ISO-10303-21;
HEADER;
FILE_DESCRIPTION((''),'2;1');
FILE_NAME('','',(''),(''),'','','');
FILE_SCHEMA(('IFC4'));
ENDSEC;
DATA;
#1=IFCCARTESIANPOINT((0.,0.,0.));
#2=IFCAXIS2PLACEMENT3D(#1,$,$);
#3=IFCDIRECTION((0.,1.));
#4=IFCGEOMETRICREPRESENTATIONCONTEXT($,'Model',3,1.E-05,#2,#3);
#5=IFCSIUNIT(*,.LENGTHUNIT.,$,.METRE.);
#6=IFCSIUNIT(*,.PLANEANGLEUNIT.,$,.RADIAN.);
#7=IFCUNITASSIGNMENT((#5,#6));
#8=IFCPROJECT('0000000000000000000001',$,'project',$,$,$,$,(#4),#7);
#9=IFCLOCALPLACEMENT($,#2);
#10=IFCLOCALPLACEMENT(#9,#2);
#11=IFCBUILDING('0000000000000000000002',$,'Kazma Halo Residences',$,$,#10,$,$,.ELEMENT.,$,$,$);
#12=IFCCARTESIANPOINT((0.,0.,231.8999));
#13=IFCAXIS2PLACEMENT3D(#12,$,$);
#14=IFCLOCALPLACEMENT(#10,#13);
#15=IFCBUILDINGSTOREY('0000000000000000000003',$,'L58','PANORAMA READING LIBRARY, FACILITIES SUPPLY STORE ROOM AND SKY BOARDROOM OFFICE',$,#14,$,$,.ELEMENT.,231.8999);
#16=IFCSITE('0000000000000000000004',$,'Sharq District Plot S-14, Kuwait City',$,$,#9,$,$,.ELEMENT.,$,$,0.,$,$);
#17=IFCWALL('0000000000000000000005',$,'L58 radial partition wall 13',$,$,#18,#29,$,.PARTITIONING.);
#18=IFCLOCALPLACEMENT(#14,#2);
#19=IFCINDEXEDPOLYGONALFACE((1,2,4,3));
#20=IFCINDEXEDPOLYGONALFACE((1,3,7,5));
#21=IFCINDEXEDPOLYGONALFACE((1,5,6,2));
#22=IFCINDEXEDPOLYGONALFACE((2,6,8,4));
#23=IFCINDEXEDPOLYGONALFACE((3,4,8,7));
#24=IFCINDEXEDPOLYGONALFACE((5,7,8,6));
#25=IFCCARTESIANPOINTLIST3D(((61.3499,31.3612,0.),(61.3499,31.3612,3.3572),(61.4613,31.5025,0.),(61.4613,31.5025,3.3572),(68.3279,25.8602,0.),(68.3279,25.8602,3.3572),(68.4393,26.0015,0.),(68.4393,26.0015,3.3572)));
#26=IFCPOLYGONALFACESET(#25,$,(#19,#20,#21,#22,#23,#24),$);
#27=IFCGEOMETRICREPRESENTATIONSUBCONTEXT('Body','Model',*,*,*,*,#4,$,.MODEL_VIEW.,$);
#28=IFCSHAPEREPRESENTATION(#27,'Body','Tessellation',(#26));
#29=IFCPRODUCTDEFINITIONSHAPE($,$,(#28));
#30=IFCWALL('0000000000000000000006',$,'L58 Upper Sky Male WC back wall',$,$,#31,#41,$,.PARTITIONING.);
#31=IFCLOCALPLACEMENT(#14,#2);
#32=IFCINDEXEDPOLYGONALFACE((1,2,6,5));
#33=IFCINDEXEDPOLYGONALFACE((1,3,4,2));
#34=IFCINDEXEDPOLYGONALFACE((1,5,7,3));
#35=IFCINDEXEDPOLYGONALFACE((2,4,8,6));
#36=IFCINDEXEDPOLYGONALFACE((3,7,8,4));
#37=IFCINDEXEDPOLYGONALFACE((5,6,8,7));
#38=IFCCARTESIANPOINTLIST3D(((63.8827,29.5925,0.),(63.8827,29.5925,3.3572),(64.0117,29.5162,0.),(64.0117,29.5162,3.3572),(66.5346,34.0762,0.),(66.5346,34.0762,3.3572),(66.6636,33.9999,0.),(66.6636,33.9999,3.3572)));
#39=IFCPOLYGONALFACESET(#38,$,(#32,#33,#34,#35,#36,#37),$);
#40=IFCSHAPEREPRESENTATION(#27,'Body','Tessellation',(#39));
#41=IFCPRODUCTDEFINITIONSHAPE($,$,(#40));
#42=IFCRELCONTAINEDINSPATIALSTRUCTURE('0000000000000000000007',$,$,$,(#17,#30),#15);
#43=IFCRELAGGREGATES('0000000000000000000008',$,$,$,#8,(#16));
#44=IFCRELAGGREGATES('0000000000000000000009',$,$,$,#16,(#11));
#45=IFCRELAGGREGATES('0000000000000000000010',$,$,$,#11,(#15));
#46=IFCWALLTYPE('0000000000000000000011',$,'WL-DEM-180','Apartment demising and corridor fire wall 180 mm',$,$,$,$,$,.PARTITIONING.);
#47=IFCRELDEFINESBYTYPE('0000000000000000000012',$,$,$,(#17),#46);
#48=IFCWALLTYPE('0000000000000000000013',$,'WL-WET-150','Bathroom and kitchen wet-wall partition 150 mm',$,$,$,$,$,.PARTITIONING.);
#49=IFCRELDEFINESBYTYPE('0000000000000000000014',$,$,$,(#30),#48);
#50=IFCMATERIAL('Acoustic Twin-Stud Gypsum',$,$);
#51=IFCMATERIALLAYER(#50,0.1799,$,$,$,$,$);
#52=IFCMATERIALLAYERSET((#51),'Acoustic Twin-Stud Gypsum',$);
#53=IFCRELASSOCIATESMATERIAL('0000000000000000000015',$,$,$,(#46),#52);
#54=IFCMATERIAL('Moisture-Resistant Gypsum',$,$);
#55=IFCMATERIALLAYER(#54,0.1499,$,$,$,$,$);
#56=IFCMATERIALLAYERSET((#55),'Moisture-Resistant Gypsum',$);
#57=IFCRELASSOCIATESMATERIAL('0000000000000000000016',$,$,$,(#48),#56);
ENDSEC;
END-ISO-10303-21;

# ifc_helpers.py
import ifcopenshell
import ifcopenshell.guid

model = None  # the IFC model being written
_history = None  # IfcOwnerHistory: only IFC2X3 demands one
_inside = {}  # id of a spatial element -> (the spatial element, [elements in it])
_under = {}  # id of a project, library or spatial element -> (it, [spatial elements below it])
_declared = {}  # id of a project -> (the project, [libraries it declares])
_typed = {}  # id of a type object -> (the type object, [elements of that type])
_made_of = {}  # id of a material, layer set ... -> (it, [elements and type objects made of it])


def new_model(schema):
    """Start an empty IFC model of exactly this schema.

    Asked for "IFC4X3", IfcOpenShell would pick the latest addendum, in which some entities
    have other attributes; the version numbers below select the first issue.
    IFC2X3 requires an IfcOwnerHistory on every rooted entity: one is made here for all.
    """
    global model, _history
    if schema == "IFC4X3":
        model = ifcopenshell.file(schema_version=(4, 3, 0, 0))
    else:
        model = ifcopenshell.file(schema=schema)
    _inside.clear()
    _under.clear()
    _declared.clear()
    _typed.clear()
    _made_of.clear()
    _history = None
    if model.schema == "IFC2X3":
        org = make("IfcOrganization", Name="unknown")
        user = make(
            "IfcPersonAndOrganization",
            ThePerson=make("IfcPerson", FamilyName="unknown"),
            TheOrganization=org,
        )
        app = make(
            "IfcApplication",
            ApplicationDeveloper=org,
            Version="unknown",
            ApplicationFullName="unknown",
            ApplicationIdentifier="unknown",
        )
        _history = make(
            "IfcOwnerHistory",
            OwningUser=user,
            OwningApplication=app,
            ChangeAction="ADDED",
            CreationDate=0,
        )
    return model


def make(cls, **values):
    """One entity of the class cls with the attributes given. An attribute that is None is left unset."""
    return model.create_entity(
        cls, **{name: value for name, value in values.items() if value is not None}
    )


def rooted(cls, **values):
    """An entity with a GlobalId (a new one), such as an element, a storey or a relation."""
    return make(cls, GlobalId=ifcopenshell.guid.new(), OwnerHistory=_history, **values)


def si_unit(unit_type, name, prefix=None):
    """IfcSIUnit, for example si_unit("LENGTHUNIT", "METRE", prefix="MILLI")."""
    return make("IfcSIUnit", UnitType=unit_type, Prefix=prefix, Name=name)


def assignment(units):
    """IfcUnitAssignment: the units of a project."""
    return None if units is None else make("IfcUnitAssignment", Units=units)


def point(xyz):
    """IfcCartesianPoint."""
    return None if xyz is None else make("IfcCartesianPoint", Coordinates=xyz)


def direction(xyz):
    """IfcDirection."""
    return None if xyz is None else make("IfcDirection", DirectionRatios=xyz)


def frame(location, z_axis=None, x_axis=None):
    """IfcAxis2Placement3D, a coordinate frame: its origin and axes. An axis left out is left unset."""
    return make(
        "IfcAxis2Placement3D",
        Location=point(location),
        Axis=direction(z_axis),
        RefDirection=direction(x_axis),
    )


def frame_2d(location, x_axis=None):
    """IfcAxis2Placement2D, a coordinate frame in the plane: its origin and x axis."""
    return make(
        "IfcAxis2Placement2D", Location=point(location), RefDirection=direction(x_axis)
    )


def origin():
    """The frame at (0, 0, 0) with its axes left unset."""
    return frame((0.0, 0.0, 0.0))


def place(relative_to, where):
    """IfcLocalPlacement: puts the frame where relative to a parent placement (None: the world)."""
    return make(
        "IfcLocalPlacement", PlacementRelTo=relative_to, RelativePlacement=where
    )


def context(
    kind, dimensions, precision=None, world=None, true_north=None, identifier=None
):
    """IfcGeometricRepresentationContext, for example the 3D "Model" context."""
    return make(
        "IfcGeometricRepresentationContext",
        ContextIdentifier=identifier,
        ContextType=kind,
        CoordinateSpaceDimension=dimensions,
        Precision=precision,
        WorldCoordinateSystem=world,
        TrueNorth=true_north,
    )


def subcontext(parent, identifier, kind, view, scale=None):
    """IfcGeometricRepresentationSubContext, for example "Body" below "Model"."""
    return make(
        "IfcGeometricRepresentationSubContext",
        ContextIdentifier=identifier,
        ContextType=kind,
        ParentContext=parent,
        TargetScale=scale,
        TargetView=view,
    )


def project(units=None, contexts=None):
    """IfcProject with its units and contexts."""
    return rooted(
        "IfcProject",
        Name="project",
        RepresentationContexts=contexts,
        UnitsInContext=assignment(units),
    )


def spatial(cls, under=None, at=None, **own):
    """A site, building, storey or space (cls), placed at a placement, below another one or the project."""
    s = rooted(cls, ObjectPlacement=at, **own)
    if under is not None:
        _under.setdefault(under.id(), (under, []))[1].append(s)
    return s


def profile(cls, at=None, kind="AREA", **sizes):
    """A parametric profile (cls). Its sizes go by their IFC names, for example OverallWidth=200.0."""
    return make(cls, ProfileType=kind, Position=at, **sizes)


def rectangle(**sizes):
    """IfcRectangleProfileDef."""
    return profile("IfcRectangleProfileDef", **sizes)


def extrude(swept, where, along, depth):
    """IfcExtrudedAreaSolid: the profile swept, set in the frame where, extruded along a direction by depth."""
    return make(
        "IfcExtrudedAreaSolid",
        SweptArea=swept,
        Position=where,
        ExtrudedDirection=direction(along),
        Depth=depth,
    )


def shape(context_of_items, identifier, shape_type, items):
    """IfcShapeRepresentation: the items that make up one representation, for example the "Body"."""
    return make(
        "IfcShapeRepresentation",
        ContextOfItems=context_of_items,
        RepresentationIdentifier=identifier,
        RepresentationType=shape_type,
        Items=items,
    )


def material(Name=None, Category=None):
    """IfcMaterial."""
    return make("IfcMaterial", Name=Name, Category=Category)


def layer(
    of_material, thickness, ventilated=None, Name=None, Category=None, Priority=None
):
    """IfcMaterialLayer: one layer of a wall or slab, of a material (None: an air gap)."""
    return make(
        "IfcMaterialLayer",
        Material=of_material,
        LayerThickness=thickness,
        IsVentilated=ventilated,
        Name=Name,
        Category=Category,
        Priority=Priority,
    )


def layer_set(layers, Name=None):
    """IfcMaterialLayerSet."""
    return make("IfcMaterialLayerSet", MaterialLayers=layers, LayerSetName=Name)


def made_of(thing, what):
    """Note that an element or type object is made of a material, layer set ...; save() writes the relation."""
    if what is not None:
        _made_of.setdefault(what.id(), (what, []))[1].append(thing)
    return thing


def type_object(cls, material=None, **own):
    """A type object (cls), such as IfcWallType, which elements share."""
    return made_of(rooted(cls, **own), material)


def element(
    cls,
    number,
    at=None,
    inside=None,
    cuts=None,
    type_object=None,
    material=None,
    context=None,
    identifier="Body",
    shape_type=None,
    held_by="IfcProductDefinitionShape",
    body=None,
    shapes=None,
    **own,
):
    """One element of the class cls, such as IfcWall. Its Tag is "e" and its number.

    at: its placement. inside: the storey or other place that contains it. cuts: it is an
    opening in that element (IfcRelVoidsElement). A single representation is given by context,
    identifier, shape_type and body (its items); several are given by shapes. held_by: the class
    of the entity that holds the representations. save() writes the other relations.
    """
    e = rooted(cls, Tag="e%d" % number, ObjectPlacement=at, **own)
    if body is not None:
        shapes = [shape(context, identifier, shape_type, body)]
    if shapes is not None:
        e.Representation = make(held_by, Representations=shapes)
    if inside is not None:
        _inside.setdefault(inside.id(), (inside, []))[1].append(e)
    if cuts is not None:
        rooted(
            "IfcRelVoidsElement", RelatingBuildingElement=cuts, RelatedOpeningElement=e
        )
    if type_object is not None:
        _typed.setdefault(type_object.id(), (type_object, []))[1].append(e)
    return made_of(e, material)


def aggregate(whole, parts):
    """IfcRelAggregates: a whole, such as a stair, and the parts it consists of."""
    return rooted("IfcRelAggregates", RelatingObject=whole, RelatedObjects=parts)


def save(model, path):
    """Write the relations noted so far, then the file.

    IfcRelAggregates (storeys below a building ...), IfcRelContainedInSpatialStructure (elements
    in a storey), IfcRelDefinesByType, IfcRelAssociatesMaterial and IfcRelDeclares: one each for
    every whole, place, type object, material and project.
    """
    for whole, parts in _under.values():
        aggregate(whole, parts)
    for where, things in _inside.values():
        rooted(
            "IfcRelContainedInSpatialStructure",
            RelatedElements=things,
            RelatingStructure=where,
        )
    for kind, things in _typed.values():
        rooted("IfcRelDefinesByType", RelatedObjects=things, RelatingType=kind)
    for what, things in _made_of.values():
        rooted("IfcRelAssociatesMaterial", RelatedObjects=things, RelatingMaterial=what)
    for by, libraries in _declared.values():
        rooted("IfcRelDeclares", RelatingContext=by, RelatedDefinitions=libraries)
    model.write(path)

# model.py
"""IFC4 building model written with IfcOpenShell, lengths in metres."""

from ifc_helpers import new_model, si_unit, direction, frame, frame_2d, origin, place, context, subcontext, project, spatial, rectangle, extrude, material, layer, layer_set, type_object, element, save


model = new_model("IFC4")

# Units and contexts
model_context = context("Model", 3, precision=1e-05, world=origin(), true_north=direction((0.0, 1.0)))
body_context = subcontext(model_context, "Body", "Model", "MODEL_VIEW")
ifc_project = project(units=[si_unit("LENGTHUNIT", "METRE"), si_unit("PLANEANGLEUNIT", "RADIAN")], contexts=[model_context])

# Site, building, storey
site_placement = place(None, origin())
site = spatial("IfcSite", under=ifc_project, at=site_placement, Name="Sharq District Plot S-14, Kuwait City", CompositionType="ELEMENT", RefElevation=0.0)
building_placement = place(site_placement, origin())
building = spatial("IfcBuilding", under=site, at=building_placement, Name="Kazma Halo Residences", CompositionType="ELEMENT")
storey_placement = place(building_placement, frame((0.0, 0.0, 231.8999)))
storey = spatial("IfcBuildingStorey", under=building, at=storey_placement, Name="L58", Description="PANORAMA READING LIBRARY, FACILITIES SUPPLY STORE ROOM AND SKY BOARDROOM OFFICE", CompositionType="ELEMENT", Elevation=231.8999)

# Walls
ifc_material_1 = material(Name="Acoustic Twin-Stud Gypsum")
ifc_layer_1 = layer(ifc_material_1, 0.1799)
ifc_layer_set_1 = layer_set([ifc_layer_1], Name="Acoustic Twin-Stud Gypsum")
wall_type_1 = type_object("IfcWallType", Name="WL-DEM-180", Description="Apartment demising and corridor fire wall 180 mm", PredefinedType="PARTITIONING", material=ifc_layer_set_1)
wall_1_placement = place(storey_placement, frame((61.4055, 31.4319, 0.0), z_axis=(0.0, 0.0, 1.0), x_axis=(0.78532, -0.61909, 0.0)))
element("IfcWall", 1, at=wall_1_placement, inside=storey, type_object=wall_type_1, Name="L58 radial partition wall 13", PredefinedType="PARTITIONING", context=body_context, shape_type="SweptSolid", body=[
    extrude(rectangle(XDim=8.8855, YDim=0.1799, at=frame_2d((4.4429, 0.0))), origin(), (0.0, 0.0, 1.0), 3.3572),
])
ifc_material_2 = material(Name="Moisture-Resistant Gypsum")
ifc_layer_2 = layer(ifc_material_2, 0.1499)
ifc_layer_set_2 = layer_set([ifc_layer_2], Name="Moisture-Resistant Gypsum")
wall_type_2 = type_object("IfcWallType", Name="WL-WET-150", Description="Bathroom and kitchen wet-wall partition 150 mm", PredefinedType="PARTITIONING", material=ifc_layer_set_2)
wall_2_placement = place(storey_placement, frame((63.9473, 29.5544, 0.0), z_axis=(0.0, 0.0, 1.0), x_axis=(0.509075, 0.860722, 0.0)))
element("IfcWall", 2, at=wall_2_placement, inside=storey, type_object=wall_type_2, Name="L58 Upper Sky Male WC back wall", PredefinedType="PARTITIONING", context=body_context, shape_type="SweptSolid", body=[
    extrude(rectangle(XDim=5.2092, YDim=0.1499, at=frame_2d((2.6045, 0.0))), origin(), (0.0, 0.0, 1.0), 3.3572),
])

save(model, "model.ifc")
